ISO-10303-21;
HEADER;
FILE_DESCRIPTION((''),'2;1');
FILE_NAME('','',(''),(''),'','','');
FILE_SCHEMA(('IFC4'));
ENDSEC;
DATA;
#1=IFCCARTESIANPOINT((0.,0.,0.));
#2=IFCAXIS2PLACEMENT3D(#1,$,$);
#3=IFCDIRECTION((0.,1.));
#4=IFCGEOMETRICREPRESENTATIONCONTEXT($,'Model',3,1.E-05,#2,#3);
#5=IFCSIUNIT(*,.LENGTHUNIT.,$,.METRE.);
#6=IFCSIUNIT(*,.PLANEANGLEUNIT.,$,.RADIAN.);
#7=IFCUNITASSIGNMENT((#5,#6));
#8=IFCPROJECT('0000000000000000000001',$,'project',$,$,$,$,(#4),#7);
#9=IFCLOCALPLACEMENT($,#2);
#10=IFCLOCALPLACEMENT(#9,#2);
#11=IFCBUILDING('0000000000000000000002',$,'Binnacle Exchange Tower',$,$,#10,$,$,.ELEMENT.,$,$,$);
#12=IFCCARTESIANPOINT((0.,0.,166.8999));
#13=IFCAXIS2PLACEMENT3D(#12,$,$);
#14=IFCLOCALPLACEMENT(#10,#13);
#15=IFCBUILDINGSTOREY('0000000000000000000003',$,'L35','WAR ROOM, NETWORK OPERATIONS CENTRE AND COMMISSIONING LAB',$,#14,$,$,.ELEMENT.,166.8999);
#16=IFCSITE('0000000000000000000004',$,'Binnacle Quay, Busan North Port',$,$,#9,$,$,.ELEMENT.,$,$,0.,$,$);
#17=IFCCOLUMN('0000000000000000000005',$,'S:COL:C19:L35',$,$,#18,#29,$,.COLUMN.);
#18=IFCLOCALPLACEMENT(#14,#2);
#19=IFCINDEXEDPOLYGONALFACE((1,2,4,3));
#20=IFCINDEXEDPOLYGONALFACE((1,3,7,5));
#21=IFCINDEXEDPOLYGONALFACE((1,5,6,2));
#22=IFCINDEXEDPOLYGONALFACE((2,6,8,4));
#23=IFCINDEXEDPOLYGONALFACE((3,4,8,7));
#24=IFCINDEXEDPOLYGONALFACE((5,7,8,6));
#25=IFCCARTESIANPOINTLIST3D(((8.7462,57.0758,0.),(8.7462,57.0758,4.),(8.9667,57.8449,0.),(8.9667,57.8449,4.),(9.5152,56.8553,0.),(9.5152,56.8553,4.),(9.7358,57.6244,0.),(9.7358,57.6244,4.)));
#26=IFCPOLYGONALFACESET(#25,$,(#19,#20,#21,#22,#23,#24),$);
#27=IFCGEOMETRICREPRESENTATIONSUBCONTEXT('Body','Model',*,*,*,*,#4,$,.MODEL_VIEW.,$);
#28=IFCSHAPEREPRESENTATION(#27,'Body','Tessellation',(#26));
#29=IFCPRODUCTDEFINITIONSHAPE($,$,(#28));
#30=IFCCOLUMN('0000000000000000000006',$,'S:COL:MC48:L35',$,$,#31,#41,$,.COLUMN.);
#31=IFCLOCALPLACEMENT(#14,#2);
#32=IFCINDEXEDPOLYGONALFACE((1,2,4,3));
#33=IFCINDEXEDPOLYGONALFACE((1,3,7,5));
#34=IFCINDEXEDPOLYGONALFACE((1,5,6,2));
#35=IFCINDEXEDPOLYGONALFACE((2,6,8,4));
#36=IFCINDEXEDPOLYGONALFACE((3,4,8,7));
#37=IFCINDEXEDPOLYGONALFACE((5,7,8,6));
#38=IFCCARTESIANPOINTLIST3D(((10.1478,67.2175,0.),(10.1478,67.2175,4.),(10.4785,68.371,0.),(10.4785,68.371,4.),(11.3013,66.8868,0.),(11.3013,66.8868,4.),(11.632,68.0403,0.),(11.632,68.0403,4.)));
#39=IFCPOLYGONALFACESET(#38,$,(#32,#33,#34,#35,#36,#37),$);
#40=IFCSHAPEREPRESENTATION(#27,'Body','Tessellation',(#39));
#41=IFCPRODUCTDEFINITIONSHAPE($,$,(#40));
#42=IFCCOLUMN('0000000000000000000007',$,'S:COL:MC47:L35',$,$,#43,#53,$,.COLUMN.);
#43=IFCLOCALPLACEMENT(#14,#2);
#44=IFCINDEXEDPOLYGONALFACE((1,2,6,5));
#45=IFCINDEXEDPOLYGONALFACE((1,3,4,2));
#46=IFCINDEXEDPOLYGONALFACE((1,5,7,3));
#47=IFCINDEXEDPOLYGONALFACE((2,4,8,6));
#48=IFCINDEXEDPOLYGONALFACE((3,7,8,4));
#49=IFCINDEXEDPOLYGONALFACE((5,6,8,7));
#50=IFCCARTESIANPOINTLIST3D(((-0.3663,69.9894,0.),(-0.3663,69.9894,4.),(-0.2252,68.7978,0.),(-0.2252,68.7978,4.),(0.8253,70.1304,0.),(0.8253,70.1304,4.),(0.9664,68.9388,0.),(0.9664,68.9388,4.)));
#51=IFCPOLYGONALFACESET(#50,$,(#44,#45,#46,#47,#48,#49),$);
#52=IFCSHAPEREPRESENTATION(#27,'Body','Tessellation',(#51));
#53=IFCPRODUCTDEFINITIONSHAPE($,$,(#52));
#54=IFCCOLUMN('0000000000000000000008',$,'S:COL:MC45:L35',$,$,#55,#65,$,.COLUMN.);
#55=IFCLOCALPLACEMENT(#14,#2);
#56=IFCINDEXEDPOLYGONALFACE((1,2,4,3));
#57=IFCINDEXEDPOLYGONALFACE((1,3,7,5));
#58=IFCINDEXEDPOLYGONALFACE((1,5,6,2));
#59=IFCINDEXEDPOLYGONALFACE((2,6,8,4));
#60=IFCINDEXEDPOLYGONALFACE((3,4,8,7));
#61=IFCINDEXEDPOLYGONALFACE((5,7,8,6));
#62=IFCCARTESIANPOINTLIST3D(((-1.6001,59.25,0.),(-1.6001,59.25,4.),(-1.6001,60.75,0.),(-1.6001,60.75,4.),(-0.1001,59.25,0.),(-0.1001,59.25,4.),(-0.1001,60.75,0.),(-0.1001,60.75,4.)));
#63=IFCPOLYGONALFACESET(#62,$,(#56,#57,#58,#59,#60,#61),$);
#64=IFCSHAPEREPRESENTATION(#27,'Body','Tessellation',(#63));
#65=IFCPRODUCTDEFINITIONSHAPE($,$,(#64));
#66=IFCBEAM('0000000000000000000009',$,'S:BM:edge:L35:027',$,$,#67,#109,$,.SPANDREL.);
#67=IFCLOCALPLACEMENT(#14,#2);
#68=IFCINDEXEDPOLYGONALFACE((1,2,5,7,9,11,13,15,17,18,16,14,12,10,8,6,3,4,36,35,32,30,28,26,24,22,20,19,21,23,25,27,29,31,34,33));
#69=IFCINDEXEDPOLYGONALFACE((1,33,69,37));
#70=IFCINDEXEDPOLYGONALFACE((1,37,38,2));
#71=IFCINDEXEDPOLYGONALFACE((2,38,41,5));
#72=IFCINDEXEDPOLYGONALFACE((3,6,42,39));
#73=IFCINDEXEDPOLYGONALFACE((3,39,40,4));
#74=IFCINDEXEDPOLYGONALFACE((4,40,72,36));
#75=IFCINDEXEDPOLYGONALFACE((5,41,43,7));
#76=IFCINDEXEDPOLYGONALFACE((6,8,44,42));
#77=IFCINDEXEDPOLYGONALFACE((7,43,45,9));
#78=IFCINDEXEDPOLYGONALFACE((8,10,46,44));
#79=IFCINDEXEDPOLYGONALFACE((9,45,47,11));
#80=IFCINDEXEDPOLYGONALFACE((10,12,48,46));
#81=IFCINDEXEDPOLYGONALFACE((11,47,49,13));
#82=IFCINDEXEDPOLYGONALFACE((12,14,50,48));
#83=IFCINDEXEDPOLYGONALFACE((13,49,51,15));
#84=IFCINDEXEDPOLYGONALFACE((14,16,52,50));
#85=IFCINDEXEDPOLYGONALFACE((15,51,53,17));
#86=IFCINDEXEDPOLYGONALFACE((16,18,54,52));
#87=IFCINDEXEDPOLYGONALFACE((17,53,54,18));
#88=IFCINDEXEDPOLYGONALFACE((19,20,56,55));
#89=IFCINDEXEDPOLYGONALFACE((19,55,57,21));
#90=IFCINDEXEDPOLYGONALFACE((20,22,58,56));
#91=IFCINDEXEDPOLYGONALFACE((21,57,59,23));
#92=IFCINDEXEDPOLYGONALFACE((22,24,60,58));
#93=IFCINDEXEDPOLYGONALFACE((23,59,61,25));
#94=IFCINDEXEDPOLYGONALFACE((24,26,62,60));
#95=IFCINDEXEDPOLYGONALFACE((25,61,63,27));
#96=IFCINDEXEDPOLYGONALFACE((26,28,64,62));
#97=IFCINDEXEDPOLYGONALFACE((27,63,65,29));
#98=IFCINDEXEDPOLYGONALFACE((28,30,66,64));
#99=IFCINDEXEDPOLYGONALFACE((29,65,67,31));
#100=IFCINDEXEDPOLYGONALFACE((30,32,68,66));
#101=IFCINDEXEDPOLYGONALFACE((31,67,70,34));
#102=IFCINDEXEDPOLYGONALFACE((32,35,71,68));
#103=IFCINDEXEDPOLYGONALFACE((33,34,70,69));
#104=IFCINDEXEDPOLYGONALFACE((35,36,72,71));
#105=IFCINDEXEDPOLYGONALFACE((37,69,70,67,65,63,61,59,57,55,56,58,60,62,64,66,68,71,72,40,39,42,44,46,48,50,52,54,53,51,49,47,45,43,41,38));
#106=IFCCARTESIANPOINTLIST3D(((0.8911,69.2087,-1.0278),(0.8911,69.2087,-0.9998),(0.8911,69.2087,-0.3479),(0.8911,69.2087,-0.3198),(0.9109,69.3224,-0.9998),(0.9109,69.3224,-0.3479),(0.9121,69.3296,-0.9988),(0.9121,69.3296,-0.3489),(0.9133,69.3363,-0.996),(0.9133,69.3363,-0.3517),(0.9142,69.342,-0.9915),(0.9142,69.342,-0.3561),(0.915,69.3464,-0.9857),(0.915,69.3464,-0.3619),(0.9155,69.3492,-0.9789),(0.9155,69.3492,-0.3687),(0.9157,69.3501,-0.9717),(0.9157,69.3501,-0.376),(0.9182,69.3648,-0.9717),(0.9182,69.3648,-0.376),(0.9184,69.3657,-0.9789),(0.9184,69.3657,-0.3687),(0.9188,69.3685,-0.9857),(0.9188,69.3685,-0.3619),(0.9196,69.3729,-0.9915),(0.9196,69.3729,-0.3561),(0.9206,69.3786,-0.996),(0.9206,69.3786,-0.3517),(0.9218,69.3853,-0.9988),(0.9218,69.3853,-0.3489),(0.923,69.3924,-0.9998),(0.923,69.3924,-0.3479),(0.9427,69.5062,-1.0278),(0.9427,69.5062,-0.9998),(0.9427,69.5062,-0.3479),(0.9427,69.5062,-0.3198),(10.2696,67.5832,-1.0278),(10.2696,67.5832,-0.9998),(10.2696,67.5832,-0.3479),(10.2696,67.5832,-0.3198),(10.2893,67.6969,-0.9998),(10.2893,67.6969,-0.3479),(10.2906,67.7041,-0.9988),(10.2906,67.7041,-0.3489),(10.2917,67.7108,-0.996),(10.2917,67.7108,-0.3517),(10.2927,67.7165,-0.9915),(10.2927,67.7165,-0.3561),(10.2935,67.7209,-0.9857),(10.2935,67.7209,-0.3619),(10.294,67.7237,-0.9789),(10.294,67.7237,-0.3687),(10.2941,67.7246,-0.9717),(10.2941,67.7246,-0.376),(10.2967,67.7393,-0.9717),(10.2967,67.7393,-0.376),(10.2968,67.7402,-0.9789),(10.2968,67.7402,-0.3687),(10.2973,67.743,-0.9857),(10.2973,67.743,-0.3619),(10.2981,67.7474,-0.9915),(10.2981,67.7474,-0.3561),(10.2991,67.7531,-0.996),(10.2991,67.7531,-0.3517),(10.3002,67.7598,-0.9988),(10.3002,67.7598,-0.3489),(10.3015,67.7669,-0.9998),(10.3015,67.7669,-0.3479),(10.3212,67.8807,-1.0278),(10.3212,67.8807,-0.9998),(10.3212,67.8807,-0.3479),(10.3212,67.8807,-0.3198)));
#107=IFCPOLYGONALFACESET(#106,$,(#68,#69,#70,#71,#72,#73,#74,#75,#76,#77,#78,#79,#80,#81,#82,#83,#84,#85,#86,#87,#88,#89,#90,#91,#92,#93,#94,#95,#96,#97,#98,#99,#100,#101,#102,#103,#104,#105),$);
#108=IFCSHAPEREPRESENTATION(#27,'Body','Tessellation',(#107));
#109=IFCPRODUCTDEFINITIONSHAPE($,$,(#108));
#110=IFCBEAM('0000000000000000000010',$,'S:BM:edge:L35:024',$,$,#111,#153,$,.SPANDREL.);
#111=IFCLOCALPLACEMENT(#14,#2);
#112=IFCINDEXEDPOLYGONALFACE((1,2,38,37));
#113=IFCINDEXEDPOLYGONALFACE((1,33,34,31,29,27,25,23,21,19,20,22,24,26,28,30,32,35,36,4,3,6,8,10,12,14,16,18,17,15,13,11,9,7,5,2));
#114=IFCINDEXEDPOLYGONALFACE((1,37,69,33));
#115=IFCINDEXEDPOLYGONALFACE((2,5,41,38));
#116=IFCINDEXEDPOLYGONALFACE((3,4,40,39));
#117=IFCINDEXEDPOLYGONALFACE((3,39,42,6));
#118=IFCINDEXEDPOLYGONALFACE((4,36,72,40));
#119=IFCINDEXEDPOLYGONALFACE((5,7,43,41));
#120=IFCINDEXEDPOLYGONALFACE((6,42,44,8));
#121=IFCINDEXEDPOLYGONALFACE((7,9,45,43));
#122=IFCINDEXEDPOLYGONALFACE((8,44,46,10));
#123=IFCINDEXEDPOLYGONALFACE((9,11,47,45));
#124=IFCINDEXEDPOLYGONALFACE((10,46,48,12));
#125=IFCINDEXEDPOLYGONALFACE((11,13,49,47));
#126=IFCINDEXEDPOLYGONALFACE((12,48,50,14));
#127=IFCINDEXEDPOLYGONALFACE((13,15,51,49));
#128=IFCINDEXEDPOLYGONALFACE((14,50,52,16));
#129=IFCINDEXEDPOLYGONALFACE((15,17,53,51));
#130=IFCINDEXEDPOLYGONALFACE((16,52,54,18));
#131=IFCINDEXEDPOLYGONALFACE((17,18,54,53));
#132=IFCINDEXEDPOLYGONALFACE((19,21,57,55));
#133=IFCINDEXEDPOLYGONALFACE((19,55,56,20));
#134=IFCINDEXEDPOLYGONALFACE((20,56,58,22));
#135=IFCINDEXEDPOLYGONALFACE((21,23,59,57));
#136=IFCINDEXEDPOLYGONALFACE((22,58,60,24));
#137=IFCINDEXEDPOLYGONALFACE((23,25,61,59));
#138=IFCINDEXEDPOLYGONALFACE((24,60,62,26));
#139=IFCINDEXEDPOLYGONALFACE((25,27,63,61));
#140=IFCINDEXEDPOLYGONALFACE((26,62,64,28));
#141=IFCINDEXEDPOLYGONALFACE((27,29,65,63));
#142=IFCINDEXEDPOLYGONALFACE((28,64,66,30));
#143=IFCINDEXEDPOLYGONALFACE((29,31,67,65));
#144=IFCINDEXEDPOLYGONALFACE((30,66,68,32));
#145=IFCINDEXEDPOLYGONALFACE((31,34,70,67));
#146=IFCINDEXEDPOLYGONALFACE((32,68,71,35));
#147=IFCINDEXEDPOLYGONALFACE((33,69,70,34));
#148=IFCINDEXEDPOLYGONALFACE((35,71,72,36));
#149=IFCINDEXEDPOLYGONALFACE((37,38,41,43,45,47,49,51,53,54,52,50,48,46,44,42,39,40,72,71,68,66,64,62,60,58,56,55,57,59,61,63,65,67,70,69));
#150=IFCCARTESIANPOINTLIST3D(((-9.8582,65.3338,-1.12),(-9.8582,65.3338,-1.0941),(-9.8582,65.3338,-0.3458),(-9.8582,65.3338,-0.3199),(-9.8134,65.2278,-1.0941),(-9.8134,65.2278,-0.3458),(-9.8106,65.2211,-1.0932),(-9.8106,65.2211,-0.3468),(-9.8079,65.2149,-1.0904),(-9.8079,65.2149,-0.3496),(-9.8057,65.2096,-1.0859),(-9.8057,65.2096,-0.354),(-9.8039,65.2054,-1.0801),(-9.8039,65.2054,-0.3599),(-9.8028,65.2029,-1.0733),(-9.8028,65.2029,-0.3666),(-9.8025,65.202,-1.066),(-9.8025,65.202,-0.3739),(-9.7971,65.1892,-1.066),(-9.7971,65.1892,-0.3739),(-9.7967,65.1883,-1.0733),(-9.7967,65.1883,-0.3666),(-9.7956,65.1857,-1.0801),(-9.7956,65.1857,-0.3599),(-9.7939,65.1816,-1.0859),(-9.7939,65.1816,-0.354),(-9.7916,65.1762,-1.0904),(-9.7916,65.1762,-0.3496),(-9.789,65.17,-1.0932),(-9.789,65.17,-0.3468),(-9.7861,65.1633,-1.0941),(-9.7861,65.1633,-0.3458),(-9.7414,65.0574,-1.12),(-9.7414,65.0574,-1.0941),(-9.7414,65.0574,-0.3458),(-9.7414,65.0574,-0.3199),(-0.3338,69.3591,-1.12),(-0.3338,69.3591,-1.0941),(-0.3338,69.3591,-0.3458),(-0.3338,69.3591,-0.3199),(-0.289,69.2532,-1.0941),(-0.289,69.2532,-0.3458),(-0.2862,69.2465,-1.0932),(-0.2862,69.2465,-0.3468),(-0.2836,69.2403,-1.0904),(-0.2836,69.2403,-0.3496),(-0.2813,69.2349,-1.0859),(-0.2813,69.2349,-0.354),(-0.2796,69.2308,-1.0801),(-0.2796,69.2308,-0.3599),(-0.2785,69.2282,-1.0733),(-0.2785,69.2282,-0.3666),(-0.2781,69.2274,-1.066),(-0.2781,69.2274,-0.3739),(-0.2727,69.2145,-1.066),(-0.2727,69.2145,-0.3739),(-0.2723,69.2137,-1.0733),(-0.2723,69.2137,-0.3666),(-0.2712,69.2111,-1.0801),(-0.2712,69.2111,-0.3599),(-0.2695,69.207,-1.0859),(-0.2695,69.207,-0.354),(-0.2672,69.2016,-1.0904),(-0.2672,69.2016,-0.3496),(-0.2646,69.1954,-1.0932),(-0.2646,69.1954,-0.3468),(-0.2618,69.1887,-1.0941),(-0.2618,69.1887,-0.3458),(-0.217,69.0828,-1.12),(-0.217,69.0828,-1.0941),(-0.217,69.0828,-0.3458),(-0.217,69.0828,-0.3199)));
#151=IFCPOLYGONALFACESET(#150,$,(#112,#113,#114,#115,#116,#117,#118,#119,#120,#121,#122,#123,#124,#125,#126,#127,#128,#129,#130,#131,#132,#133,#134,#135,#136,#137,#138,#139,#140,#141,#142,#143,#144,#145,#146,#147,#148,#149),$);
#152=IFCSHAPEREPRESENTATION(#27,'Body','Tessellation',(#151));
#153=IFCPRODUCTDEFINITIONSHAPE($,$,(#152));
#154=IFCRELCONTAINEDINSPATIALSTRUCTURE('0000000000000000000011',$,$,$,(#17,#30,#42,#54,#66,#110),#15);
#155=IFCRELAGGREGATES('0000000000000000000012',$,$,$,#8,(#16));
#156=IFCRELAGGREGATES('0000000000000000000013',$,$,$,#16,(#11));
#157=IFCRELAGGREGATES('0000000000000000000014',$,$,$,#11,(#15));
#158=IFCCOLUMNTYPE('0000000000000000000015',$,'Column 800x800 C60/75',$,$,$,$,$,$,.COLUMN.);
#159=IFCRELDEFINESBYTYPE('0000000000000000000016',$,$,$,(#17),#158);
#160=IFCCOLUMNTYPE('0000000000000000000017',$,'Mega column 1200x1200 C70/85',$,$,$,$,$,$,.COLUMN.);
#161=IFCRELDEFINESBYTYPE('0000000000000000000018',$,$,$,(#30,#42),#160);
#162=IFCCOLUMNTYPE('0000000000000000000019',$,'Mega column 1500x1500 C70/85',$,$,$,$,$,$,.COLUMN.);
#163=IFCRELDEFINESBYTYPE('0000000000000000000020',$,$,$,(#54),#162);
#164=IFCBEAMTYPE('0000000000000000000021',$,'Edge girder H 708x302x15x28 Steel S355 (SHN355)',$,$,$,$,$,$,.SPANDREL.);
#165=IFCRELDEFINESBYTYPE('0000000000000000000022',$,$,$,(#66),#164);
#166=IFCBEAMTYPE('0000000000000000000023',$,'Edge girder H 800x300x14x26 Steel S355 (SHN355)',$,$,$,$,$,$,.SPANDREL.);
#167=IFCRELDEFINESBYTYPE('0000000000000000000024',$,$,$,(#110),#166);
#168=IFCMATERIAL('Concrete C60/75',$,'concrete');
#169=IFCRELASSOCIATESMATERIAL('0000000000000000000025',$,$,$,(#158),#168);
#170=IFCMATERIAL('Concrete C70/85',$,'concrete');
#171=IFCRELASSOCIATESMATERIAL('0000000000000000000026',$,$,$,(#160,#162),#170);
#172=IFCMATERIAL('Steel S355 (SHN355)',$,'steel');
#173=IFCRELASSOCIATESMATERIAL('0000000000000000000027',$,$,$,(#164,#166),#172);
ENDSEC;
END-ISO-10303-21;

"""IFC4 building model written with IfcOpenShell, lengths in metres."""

from ifc_helpers import new_model, si_unit, direction, frame, origin, origin_2d, place, context, subcontext, project, spatial, rectangle, i_section, extrude, material, material_profile, profile_set, type_object, element, save


model = new_model("IFC4")

# Units and contexts
model_context = context("Model", 3, precision=1e-05, world=origin(), true_north=direction((0.0, 1.0)))
body_context = subcontext(model_context, "Body", "Model", "MODEL_VIEW")
ifc_project = project(units=[si_unit("LENGTHUNIT", "METRE"), si_unit("PLANEANGLEUNIT", "RADIAN")], contexts=[model_context])

# Site, building, storey
site_placement = place(None, origin())
site = spatial("IfcSite", under=ifc_project, at=site_placement, Name="Binnacle Quay, Busan North Port", CompositionType="ELEMENT", RefElevation=0.0)
building_placement = place(site_placement, origin())
building = spatial("IfcBuilding", under=site, at=building_placement, Name="Binnacle Exchange Tower", CompositionType="ELEMENT")
storey_placement = place(building_placement, frame((0.0, 0.0, 166.8999)))
storey = spatial("IfcBuildingStorey", under=building, at=storey_placement, Name="L35", Description="WAR ROOM, NETWORK OPERATIONS CENTRE AND COMMISSIONING LAB", CompositionType="ELEMENT", Elevation=166.8999)

# Columns
ifc_material_1 = material(Name="Concrete C60/75", Category="concrete")
ifc_material_profile_1 = material_profile(ifc_material_1, rectangle(XDim=0.8, YDim=0.8, at=origin_2d()), Name="Column 800x800 C60/75")
ifc_profile_set_1 = profile_set([ifc_material_profile_1], Name="Concrete C60/75")
column_type_1 = type_object("IfcColumnType", Name="Column 800x800 C60/75", PredefinedType="COLUMN", material=ifc_profile_set_1)
column_1_placement = place(storey_placement, frame((9.241, 57.3501, 0.0), z_axis=(0.0, 0.0, 1.0), x_axis=(0.961262, -0.275637, 0.0)))
element("IfcColumn", 1, at=column_1_placement, inside=storey, type_object=column_type_1, Name="S:COL:C19:L35", PredefinedType="COLUMN", context=body_context, shape_type="SweptSolid", body=[
    extrude(rectangle(XDim=0.8, YDim=0.8, at=origin_2d()), origin(), (0.0, 0.0, 1.0), 4.0),
])
ifc_material_2 = material(Name="Concrete C70/85", Category="concrete")
ifc_material_profile_2 = material_profile(ifc_material_2, rectangle(XDim=1.2, YDim=1.2, at=origin_2d()), Name="Mega column 1200x1200 C70/85")
ifc_profile_set_2 = profile_set([ifc_material_profile_2], Name="Concrete C70/85")
column_type_2 = type_object("IfcColumnType", Name="Mega column 1200x1200 C70/85", PredefinedType="COLUMN", material=ifc_profile_set_2)
for number, where, z_axis, x_axis, name in (
    (2, (10.8899, 67.6289, 0.0), (0.0, 0.0, 1.0), (-0.961262, 0.275637, 0.0), "S:COL:MC48:L35"),
    (3, (0.3, 69.4641, 0.0), (0.0, 0.0, 1.0), (-0.993068, -0.117537, 0.0), "S:COL:MC47:L35"),
):
    element("IfcColumn", number, at=place(storey_placement, frame(where, z_axis=z_axis, x_axis=x_axis)), inside=storey, type_object=column_type_2, Name=name, PredefinedType="COLUMN", context=body_context, shape_type="SweptSolid", body=[
        extrude(rectangle(XDim=1.2, YDim=1.2, at=origin_2d()), origin(), (0.0, 0.0, 1.0), 4.0),
    ])
ifc_material_profile_3 = material_profile(ifc_material_2, rectangle(XDim=1.5, YDim=1.5, at=origin_2d()), Name="Mega column 1500x1500 C70/85")
ifc_profile_set_3 = profile_set([ifc_material_profile_3], Name="Concrete C70/85")
column_type_3 = type_object("IfcColumnType", Name="Mega column 1500x1500 C70/85", PredefinedType="COLUMN", material=ifc_profile_set_3)
column_2_placement = place(storey_placement, frame((-0.8501, 60.0, 0.0), z_axis=(0.0, 0.0, 1.0), x_axis=(0.0, 1.0, 0.0)))
element("IfcColumn", 4, at=column_2_placement, inside=storey, type_object=column_type_3, Name="S:COL:MC45:L35", PredefinedType="COLUMN", context=body_context, shape_type="SweptSolid", body=[
    extrude(rectangle(XDim=1.5, YDim=1.5, at=origin_2d()), origin(), (0.0, 0.0, 1.0), 4.0),
])

# Beams
ifc_material_3 = material(Name="Steel S355 (SHN355)", Category="steel")
ifc_material_profile_4 = material_profile(ifc_material_3, i_section(OverallWidth=0.302, OverallDepth=0.708, WebThickness=0.0149, FlangeThickness=0.0281, FilletRadius=0.0281, at=origin_2d()), Name="H 708x302x15x28")
ifc_profile_set_4 = profile_set([ifc_material_profile_4], Name="Steel S355 (SHN355)")
beam_type_1 = type_object("IfcBeamType", Name="Edge girder H 708x302x15x28 Steel S355 (SHN355)", PredefinedType="SPANDREL", material=ifc_profile_set_4)
beam_1_placement = place(storey_placement, frame((10.2954, 67.7319, -0.6738), z_axis=(-0.98531, 0.170776, 0.0), x_axis=(-0.170776, -0.98531, 0.0)))
element("IfcBeam", 5, at=beam_1_placement, inside=storey, type_object=beam_type_1, Name="S:BM:edge:L35:027", PredefinedType="SPANDREL", context=body_context, shape_type="SweptSolid", body=[
    extrude(i_section(OverallWidth=0.302, OverallDepth=0.708, WebThickness=0.0149, FlangeThickness=0.0281, FilletRadius=0.0281, at=origin_2d()), origin(), (0.0, 0.0, 1.0), 9.5183),
])
ifc_material_profile_5 = material_profile(ifc_material_3, i_section(OverallWidth=0.3, OverallDepth=0.8, WebThickness=0.0139, FlangeThickness=0.0259, FilletRadius=0.0281, at=origin_2d()), Name="H 800x300x14x26")
ifc_profile_set_5 = profile_set([ifc_material_profile_5], Name="Steel S355 (SHN355)")
beam_type_2 = type_object("IfcBeamType", Name="Edge girder H 800x300x14x26 Steel S355 (SHN355)", PredefinedType="SPANDREL", material=ifc_profile_set_5)
beam_2_placement = place(storey_placement, frame((-0.2754, 69.2209, -0.72), z_axis=(-0.921112, -0.389298, 0.0), x_axis=(0.389298, -0.921112, 0.0)))
element("IfcBeam", 6, at=beam_2_placement, inside=storey, type_object=beam_type_2, Name="S:BM:edge:L35:024", PredefinedType="SPANDREL", context=body_context, shape_type="SweptSolid", body=[
    extrude(i_section(OverallWidth=0.3, OverallDepth=0.8, WebThickness=0.0139, FlangeThickness=0.0259, FilletRadius=0.0281, at=origin_2d()), origin(), (0.0, 0.0, 1.0), 10.3401),
])

save(model, "model.ifc")
